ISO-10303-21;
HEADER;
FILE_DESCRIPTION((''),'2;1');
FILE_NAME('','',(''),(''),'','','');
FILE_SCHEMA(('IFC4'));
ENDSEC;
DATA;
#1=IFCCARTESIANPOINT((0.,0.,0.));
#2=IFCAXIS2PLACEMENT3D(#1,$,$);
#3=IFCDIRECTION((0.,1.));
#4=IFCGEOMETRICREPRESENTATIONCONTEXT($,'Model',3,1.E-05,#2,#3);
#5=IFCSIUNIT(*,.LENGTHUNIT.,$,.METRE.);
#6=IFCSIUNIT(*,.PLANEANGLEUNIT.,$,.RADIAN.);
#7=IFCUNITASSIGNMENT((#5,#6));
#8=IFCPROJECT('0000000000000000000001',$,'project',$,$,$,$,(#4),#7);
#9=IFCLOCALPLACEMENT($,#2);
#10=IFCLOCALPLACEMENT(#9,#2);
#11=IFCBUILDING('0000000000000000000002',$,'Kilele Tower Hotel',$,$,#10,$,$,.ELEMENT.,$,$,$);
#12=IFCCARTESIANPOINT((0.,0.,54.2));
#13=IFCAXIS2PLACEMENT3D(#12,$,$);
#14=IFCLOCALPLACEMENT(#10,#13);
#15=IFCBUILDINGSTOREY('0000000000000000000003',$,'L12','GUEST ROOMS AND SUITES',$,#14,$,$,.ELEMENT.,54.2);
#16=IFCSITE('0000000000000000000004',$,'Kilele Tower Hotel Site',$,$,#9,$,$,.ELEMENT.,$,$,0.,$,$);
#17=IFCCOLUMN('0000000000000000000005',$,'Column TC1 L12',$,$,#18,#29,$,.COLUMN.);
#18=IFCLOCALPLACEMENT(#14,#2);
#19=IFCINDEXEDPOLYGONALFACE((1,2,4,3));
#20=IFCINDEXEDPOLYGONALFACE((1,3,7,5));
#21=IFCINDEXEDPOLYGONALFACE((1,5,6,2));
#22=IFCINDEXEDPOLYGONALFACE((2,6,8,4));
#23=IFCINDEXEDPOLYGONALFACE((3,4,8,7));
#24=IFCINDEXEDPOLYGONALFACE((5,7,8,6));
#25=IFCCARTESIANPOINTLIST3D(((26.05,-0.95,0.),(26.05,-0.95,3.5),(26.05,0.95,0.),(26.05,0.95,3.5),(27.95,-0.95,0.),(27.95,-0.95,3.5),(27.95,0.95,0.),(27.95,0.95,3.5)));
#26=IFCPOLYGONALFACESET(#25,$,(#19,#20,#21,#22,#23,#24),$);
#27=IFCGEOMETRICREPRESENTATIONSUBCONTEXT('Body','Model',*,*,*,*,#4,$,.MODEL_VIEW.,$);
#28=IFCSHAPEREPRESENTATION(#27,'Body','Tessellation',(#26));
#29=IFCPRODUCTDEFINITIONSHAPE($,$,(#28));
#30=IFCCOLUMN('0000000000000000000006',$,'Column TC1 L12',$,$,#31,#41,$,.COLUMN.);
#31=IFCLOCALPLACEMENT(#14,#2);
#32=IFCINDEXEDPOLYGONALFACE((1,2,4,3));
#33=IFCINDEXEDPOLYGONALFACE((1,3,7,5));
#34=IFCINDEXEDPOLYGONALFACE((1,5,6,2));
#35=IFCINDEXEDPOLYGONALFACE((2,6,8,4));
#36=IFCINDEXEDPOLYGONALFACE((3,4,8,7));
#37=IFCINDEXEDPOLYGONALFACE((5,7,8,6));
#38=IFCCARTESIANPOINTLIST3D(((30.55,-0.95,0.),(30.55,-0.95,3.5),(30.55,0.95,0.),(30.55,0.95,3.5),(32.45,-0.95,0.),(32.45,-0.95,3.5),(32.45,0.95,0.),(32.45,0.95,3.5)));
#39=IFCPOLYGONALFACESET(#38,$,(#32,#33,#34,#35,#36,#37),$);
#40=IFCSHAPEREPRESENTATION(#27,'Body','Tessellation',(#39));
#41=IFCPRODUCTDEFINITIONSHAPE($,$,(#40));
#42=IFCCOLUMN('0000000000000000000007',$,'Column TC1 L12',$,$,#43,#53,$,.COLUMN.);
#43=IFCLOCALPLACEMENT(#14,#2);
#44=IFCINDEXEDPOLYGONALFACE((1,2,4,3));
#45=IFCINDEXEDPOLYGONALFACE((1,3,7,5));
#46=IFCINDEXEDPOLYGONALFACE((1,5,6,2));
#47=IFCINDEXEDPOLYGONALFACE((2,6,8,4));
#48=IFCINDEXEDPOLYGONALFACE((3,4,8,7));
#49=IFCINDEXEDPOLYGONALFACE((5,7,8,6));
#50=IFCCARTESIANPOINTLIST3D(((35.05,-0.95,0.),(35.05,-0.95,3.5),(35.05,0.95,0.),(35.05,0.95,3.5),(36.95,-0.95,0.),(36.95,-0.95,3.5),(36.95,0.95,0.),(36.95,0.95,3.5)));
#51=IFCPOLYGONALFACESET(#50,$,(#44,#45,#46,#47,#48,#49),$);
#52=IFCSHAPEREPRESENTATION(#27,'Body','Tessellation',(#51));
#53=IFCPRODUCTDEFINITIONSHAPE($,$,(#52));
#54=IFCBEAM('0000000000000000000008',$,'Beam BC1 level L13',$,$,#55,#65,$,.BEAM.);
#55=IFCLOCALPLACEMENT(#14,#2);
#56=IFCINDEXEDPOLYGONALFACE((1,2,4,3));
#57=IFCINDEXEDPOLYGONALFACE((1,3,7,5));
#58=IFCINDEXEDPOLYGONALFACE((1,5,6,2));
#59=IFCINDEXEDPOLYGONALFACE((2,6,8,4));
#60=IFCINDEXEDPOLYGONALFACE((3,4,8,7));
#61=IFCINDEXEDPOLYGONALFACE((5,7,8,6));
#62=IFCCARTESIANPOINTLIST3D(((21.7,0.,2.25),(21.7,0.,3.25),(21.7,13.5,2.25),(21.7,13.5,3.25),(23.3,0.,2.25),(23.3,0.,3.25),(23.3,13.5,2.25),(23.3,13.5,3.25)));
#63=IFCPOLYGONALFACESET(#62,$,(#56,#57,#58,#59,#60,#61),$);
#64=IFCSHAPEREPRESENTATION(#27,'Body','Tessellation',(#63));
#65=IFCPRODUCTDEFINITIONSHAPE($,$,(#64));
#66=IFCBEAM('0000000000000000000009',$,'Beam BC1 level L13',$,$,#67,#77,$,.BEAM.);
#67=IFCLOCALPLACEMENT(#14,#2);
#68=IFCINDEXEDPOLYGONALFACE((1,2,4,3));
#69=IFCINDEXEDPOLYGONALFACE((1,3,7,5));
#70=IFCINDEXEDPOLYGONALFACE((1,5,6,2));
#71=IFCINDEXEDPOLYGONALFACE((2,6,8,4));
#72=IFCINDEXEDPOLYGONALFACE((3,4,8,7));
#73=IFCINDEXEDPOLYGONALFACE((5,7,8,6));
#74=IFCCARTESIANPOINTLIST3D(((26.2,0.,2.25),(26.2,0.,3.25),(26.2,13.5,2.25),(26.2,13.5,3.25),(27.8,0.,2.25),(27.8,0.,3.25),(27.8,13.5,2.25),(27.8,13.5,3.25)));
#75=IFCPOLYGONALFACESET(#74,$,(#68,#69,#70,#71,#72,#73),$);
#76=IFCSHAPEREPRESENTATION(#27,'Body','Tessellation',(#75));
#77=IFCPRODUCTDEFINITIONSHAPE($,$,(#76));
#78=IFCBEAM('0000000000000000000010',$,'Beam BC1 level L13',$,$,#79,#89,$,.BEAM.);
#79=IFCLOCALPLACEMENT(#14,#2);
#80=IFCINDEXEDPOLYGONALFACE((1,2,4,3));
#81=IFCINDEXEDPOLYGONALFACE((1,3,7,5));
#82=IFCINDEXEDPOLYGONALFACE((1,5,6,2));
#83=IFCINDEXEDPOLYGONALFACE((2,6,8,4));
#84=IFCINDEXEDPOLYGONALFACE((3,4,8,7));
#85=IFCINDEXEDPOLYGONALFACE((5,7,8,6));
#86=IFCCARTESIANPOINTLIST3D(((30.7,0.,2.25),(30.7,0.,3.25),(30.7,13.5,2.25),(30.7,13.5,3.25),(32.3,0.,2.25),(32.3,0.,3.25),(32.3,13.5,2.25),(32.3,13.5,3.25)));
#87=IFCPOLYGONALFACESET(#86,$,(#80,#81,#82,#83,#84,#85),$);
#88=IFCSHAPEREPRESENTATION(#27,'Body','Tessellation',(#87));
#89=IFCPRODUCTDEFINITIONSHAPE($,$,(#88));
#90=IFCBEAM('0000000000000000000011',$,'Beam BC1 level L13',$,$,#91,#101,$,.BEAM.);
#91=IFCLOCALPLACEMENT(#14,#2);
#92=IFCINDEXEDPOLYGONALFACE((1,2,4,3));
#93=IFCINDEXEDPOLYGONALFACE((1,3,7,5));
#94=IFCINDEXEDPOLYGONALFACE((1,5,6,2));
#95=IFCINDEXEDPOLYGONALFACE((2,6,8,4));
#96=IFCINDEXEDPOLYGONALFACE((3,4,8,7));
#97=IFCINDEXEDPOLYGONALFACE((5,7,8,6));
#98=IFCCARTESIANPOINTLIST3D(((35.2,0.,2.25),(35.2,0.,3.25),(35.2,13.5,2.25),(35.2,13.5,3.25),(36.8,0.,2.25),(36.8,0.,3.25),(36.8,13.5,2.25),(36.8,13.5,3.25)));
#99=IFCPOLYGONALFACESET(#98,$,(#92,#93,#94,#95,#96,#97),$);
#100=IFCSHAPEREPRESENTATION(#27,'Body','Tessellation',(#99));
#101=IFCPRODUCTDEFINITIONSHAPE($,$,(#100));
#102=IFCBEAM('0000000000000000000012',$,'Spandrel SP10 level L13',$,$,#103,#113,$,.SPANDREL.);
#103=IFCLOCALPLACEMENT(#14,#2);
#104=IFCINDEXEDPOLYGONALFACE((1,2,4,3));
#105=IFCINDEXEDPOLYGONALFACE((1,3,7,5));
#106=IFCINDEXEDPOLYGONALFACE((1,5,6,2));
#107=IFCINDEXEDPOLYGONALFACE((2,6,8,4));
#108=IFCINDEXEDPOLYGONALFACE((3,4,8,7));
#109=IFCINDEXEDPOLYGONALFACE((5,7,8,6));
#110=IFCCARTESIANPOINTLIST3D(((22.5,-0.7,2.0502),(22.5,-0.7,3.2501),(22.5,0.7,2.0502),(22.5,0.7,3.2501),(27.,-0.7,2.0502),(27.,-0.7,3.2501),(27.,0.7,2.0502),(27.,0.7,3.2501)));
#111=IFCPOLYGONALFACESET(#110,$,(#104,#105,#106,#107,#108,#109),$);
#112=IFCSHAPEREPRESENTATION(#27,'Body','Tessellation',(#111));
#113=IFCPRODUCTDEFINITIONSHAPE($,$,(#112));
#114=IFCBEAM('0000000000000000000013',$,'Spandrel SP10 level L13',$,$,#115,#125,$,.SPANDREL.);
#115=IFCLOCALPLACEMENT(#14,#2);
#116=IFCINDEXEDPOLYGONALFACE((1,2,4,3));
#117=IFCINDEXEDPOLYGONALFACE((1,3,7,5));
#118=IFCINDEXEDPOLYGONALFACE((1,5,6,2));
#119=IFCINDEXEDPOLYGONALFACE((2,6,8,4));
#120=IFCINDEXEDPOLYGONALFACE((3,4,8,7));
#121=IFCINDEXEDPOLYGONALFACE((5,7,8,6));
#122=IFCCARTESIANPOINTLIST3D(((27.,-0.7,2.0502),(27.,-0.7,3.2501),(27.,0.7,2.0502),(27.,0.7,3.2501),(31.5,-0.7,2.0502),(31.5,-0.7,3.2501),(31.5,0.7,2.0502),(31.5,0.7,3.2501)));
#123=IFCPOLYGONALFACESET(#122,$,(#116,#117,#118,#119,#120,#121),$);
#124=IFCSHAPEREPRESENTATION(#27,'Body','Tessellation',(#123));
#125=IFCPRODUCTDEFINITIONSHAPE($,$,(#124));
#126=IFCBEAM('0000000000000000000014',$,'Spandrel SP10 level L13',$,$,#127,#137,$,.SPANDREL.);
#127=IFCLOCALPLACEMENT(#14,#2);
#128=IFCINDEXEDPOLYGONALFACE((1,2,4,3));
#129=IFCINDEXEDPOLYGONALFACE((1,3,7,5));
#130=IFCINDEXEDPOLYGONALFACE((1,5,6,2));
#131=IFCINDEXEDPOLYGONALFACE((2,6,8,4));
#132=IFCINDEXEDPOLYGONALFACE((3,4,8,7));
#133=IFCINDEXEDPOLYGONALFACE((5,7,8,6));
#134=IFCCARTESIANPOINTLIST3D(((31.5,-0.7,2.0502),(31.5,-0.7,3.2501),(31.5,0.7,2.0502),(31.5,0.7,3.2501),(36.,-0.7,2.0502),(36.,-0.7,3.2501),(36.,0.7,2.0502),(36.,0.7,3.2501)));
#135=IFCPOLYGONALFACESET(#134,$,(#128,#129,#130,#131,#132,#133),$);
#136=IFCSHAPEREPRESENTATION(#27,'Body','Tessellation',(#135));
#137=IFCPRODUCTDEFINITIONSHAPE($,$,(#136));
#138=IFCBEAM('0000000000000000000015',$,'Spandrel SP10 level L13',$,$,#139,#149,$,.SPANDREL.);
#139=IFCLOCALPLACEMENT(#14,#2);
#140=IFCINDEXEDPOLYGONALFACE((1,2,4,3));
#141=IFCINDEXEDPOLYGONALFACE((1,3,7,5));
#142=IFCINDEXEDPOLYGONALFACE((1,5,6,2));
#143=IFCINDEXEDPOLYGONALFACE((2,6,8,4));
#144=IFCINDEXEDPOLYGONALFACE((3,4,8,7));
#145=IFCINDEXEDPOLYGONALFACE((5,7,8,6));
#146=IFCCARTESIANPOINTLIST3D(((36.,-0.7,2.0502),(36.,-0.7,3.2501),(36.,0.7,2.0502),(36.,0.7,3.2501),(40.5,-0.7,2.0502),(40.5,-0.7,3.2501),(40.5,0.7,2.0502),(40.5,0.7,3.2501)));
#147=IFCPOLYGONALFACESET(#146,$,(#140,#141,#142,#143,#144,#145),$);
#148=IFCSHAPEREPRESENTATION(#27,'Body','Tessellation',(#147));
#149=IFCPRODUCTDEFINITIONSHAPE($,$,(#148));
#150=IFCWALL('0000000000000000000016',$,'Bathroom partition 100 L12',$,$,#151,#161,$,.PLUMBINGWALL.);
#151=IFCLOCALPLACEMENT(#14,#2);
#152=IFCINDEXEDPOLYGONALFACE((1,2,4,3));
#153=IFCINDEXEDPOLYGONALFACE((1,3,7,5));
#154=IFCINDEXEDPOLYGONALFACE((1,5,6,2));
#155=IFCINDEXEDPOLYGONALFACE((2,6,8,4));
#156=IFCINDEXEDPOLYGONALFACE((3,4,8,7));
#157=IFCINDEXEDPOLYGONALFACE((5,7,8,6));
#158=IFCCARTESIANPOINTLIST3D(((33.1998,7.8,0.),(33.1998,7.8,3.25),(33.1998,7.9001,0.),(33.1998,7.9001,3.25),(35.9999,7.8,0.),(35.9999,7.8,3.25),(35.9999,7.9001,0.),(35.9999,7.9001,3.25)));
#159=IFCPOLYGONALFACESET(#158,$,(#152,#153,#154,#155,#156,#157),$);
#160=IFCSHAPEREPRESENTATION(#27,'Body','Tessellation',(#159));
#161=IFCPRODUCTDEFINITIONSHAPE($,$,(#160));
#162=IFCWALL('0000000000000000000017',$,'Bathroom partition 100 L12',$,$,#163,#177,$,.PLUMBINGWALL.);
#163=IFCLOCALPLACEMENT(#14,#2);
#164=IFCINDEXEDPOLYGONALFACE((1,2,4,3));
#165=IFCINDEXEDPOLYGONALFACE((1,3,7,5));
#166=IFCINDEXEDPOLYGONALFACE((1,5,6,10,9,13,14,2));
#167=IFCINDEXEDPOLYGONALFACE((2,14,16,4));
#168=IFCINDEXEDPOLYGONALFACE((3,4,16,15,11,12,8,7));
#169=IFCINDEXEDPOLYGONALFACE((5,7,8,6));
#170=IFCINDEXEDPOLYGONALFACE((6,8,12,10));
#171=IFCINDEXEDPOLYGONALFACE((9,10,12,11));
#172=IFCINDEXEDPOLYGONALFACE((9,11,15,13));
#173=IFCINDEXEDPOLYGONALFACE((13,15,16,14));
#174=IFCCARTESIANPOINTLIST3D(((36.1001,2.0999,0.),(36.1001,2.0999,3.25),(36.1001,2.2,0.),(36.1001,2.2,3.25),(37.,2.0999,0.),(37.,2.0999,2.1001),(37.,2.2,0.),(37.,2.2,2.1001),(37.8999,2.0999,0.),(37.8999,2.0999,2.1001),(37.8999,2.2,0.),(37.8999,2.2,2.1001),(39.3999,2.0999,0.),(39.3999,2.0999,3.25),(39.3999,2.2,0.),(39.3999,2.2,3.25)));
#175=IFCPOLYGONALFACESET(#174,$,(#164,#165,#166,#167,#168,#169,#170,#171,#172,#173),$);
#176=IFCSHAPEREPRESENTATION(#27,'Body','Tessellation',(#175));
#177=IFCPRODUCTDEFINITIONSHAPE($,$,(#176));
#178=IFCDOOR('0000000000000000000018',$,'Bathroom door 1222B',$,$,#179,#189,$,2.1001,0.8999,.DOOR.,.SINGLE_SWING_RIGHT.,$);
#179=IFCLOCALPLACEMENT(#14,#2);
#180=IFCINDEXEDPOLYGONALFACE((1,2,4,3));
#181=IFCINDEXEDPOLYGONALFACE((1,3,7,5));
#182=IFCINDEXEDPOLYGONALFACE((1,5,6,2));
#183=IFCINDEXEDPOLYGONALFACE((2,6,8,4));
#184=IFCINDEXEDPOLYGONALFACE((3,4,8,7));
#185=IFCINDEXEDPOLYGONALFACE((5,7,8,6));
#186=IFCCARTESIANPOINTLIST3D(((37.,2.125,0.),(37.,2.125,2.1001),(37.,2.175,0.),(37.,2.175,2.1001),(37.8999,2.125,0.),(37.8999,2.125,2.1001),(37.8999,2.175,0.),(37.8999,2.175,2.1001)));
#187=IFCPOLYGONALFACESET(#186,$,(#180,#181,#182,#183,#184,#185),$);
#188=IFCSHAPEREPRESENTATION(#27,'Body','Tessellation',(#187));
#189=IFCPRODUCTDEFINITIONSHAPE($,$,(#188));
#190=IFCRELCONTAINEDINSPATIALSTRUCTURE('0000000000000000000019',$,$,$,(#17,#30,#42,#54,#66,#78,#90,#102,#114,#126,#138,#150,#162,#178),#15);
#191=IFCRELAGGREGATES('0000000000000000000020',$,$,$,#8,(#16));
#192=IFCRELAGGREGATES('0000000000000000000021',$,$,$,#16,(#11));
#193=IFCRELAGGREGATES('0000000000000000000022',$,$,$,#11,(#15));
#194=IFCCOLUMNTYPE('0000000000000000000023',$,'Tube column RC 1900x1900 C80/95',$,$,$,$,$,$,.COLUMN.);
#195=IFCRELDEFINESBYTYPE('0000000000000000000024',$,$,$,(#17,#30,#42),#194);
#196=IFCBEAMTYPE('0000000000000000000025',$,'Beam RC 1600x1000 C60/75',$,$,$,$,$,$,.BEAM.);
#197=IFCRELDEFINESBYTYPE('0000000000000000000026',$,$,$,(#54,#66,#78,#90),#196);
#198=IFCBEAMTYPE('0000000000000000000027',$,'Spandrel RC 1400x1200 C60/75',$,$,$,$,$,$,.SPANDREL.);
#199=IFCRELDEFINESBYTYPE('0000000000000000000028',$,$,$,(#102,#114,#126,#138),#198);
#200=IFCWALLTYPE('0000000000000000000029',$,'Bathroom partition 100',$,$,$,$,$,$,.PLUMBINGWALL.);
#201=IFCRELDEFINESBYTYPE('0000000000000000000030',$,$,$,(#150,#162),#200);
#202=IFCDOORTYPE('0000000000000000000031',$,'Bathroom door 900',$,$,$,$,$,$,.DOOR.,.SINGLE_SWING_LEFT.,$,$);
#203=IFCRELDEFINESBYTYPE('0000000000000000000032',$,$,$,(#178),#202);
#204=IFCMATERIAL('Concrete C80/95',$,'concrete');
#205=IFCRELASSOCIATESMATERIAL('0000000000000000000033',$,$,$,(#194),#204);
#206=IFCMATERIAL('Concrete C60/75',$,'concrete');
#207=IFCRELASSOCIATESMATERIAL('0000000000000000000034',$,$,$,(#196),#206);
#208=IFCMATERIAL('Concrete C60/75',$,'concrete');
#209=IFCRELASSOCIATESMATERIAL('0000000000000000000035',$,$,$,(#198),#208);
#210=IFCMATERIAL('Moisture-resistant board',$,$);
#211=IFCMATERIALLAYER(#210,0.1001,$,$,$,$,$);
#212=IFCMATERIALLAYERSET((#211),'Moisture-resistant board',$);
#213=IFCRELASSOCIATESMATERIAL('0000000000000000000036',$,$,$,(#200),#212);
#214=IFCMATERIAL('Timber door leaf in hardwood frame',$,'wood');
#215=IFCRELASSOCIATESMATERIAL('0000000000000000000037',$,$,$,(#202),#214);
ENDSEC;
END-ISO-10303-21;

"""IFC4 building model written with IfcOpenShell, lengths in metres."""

from ifc_helpers import new_model, si_unit, direction, frame, frame_2d, origin, origin_2d, place, context, subcontext, project, spatial, rectangle, extrude, material, layer, layer_set, material_profile, profile_set, type_object, element, fill, save


model = new_model("IFC4")

# Units and contexts
model_context = context("Model", 3, precision=1e-05, world=origin(), true_north=direction((0.0, 1.0)))
body_context = subcontext(model_context, "Body", "Model", "MODEL_VIEW")
ifc_project = project(units=[si_unit("LENGTHUNIT", "METRE"), si_unit("PLANEANGLEUNIT", "RADIAN")], contexts=[model_context])

# Site, building, storey
site_placement = place(None, origin())
site = spatial("IfcSite", under=ifc_project, at=site_placement, Name="Kilele Tower Hotel Site", CompositionType="ELEMENT", RefElevation=0.0)
building_placement = place(site_placement, origin())
building = spatial("IfcBuilding", under=site, at=building_placement, Name="Kilele Tower Hotel", CompositionType="ELEMENT")
storey_placement = place(building_placement, frame((0.0, 0.0, 54.2)))
storey = spatial("IfcBuildingStorey", under=building, at=storey_placement, Name="L12", Description="GUEST ROOMS AND SUITES", CompositionType="ELEMENT", Elevation=54.2)

# Columns
ifc_material_1 = material(Name="Concrete C80/95", Category="concrete")
ifc_material_profile_1 = material_profile(ifc_material_1, rectangle(XDim=1.8999, YDim=1.8999, at=origin_2d()))
ifc_profile_set_1 = profile_set([ifc_material_profile_1], Name="Concrete C80/95")
column_type = type_object("IfcColumnType", Name="Tube column RC 1900x1900 C80/95", PredefinedType="COLUMN", material=ifc_profile_set_1)
for number, where, z_axis, x_axis, name in (
    (1, (27.0, 0.0, 0.0), (0.0, 0.0, 1.0), (1.0, 0.0, 0.0), "Column TC1 L12"),
    (2, (31.5, 0.0, 0.0), (0.0, 0.0, 1.0), (1.0, 0.0, 0.0), "Column TC1 L12"),
    (3, (36.0, 0.0, 0.0), (0.0, 0.0, 1.0), (1.0, 0.0, 0.0), "Column TC1 L12"),
):
    element("IfcColumn", number, at=place(storey_placement, frame(where, z_axis=z_axis, x_axis=x_axis)), inside=storey, type_object=column_type, Name=name, PredefinedType="COLUMN", context=body_context, shape_type="SweptSolid", body=[
        extrude(rectangle(XDim=1.8999, YDim=1.8999, at=origin_2d()), origin(), (0.0, 0.0, 1.0), 3.5),
    ])

# Beams
ifc_material_2 = material(Name="Concrete C60/75", Category="concrete")
ifc_material_profile_2 = material_profile(ifc_material_2, rectangle(XDim=1.6001, YDim=1.0, at=origin_2d()))
ifc_profile_set_2 = profile_set([ifc_material_profile_2], Name="Concrete C60/75")
beam_type_1 = type_object("IfcBeamType", Name="Beam RC 1600x1000 C60/75", PredefinedType="BEAM", material=ifc_profile_set_2)
for number, where, z_axis, x_axis, name in (
    (4, (22.5, 0.0, 2.75), (0.0, 1.0, 0.0), (-1.0, 0.0, 0.0), "Beam BC1 level L13"),
    (5, (27.0, 0.0, 2.75), (0.0, 1.0, 0.0), (-1.0, 0.0, 0.0), "Beam BC1 level L13"),
    (6, (31.5, 0.0, 2.75), (0.0, 1.0, 0.0), (-1.0, 0.0, 0.0), "Beam BC1 level L13"),
    (7, (36.0, 0.0, 2.75), (0.0, 1.0, 0.0), (-1.0, 0.0, 0.0), "Beam BC1 level L13"),
):
    element("IfcBeam", number, at=place(storey_placement, frame(where, z_axis=z_axis, x_axis=x_axis)), inside=storey, type_object=beam_type_1, Name=name, PredefinedType="BEAM", context=body_context, shape_type="SweptSolid", body=[
        extrude(rectangle(XDim=1.6001, YDim=1.0, at=origin_2d()), origin(), (0.0, 0.0, 1.0), 13.5),
    ])
ifc_material_3 = material(Name="Concrete C60/75", Category="concrete")
ifc_material_profile_3 = material_profile(ifc_material_3, rectangle(XDim=1.3999, YDim=1.2, at=origin_2d()))
ifc_profile_set_3 = profile_set([ifc_material_profile_3], Name="Concrete C60/75")
beam_type_2 = type_object("IfcBeamType", Name="Spandrel RC 1400x1200 C60/75", PredefinedType="SPANDREL", material=ifc_profile_set_3)
for number, where, z_axis, x_axis, name in (
    (8, (22.5, 0.0, 2.6501), (1.0, 0.0, 0.0), (0.0, 1.0, 0.0), "Spandrel SP10 level L13"),
    (9, (27.0, 0.0, 2.6501), (1.0, 0.0, 0.0), (0.0, 1.0, 0.0), "Spandrel SP10 level L13"),
    (10, (31.5, 0.0, 2.6501), (1.0, 0.0, 0.0), (0.0, 1.0, 0.0), "Spandrel SP10 level L13"),
    (11, (36.0, 0.0, 2.6501), (1.0, 0.0, 0.0), (0.0, 1.0, 0.0), "Spandrel SP10 level L13"),
):
    element("IfcBeam", number, at=place(storey_placement, frame(where, z_axis=z_axis, x_axis=x_axis)), inside=storey, type_object=beam_type_2, Name=name, PredefinedType="SPANDREL", context=body_context, shape_type="SweptSolid", body=[
        extrude(rectangle(XDim=1.3999, YDim=1.2, at=origin_2d()), origin(), (0.0, 0.0, 1.0), 4.5),
    ])

# Wall
ifc_material_4 = material(Name="Moisture-resistant board")
ifc_layer_1 = layer(ifc_material_4, 0.1001)
ifc_layer_set_1 = layer_set([ifc_layer_1], Name="Moisture-resistant board")
wall_type_1 = type_object("IfcWallType", Name="Bathroom partition 100", PredefinedType="PLUMBINGWALL", material=ifc_layer_set_1)
wall_1_placement = place(storey_placement, frame((33.2, 7.8501, 0.0), z_axis=(0.0, 0.0, 1.0), x_axis=(1.0, 0.0, 0.0)))
element("IfcWall", 12, at=wall_1_placement, inside=storey, type_object=wall_type_1, Name="Bathroom partition 100 L12", PredefinedType="PLUMBINGWALL", context=body_context, shape_type="SweptSolid", body=[
    extrude(rectangle(XDim=2.8, YDim=0.1001, at=frame_2d((1.3999, 0.0))), origin(), (0.0, 0.0, 1.0), 3.25),
])

# Wall, opening, door
wall_2_placement = place(storey_placement, frame((36.1001, 2.1499, 0.0), z_axis=(0.0, 0.0, 1.0), x_axis=(1.0, 0.0, 0.0)))
wall_2 = element("IfcWall", 13, at=wall_2_placement, inside=storey, type_object=wall_type_1, Name="Bathroom partition 100 L12", PredefinedType="PLUMBINGWALL", context=body_context, shape_type="SweptSolid", body=[
    extrude(rectangle(XDim=3.2998, YDim=0.1001, at=frame_2d((1.6499, 0.0))), origin(), (0.0, 0.0, 1.0), 3.25),
])
opening_1_placement = place(wall_2_placement, frame((1.7998, 0.0, 0.0), z_axis=(0.0, 0.0, 1.0), x_axis=(-1.0, 0.0, 0.0)))
opening_1 = element("IfcOpeningElement", 14, at=opening_1_placement, cuts=wall_2, PredefinedType="OPENING", context=body_context, shape_type="SweptSolid", body=[
    extrude(rectangle(XDim=0.8999, YDim=2.1001, at=frame_2d((0.45, 1.05))), frame((0.0, 0.0601, 0.0), z_axis=(0.0, -1.0, 0.0), x_axis=(1.0, 0.0, 0.0)), (0.0, 0.0, 1.0), 0.1201),
])
ifc_material_5 = material(Name="Timber door leaf in hardwood frame", Category="wood")
door_type_1 = type_object("IfcDoorType", Name="Bathroom door 900", OperationType="SINGLE_SWING_LEFT", PredefinedType="DOOR", material=ifc_material_5)
door_1_placement = place(opening_1_placement, origin())
door_1 = element("IfcDoor", 15, at=door_1_placement, inside=storey, type_object=door_type_1, Name="Bathroom door 1222B", OperationType="SINGLE_SWING_RIGHT", OverallHeight=2.1001, OverallWidth=0.8999, PredefinedType="DOOR", context=body_context, shape_type="SweptSolid", body=[
    extrude(rectangle(XDim=0.8999, YDim=2.1001, at=frame_2d((0.45, 1.05))), frame((0.0, 0.0249, 0.0), z_axis=(0.0, -1.0, 0.0), x_axis=(1.0, 0.0, 0.0)), (0.0, 0.0, 1.0), 0.05),
])
fill(opening_1, door_1)

save(model, "model.ifc")
